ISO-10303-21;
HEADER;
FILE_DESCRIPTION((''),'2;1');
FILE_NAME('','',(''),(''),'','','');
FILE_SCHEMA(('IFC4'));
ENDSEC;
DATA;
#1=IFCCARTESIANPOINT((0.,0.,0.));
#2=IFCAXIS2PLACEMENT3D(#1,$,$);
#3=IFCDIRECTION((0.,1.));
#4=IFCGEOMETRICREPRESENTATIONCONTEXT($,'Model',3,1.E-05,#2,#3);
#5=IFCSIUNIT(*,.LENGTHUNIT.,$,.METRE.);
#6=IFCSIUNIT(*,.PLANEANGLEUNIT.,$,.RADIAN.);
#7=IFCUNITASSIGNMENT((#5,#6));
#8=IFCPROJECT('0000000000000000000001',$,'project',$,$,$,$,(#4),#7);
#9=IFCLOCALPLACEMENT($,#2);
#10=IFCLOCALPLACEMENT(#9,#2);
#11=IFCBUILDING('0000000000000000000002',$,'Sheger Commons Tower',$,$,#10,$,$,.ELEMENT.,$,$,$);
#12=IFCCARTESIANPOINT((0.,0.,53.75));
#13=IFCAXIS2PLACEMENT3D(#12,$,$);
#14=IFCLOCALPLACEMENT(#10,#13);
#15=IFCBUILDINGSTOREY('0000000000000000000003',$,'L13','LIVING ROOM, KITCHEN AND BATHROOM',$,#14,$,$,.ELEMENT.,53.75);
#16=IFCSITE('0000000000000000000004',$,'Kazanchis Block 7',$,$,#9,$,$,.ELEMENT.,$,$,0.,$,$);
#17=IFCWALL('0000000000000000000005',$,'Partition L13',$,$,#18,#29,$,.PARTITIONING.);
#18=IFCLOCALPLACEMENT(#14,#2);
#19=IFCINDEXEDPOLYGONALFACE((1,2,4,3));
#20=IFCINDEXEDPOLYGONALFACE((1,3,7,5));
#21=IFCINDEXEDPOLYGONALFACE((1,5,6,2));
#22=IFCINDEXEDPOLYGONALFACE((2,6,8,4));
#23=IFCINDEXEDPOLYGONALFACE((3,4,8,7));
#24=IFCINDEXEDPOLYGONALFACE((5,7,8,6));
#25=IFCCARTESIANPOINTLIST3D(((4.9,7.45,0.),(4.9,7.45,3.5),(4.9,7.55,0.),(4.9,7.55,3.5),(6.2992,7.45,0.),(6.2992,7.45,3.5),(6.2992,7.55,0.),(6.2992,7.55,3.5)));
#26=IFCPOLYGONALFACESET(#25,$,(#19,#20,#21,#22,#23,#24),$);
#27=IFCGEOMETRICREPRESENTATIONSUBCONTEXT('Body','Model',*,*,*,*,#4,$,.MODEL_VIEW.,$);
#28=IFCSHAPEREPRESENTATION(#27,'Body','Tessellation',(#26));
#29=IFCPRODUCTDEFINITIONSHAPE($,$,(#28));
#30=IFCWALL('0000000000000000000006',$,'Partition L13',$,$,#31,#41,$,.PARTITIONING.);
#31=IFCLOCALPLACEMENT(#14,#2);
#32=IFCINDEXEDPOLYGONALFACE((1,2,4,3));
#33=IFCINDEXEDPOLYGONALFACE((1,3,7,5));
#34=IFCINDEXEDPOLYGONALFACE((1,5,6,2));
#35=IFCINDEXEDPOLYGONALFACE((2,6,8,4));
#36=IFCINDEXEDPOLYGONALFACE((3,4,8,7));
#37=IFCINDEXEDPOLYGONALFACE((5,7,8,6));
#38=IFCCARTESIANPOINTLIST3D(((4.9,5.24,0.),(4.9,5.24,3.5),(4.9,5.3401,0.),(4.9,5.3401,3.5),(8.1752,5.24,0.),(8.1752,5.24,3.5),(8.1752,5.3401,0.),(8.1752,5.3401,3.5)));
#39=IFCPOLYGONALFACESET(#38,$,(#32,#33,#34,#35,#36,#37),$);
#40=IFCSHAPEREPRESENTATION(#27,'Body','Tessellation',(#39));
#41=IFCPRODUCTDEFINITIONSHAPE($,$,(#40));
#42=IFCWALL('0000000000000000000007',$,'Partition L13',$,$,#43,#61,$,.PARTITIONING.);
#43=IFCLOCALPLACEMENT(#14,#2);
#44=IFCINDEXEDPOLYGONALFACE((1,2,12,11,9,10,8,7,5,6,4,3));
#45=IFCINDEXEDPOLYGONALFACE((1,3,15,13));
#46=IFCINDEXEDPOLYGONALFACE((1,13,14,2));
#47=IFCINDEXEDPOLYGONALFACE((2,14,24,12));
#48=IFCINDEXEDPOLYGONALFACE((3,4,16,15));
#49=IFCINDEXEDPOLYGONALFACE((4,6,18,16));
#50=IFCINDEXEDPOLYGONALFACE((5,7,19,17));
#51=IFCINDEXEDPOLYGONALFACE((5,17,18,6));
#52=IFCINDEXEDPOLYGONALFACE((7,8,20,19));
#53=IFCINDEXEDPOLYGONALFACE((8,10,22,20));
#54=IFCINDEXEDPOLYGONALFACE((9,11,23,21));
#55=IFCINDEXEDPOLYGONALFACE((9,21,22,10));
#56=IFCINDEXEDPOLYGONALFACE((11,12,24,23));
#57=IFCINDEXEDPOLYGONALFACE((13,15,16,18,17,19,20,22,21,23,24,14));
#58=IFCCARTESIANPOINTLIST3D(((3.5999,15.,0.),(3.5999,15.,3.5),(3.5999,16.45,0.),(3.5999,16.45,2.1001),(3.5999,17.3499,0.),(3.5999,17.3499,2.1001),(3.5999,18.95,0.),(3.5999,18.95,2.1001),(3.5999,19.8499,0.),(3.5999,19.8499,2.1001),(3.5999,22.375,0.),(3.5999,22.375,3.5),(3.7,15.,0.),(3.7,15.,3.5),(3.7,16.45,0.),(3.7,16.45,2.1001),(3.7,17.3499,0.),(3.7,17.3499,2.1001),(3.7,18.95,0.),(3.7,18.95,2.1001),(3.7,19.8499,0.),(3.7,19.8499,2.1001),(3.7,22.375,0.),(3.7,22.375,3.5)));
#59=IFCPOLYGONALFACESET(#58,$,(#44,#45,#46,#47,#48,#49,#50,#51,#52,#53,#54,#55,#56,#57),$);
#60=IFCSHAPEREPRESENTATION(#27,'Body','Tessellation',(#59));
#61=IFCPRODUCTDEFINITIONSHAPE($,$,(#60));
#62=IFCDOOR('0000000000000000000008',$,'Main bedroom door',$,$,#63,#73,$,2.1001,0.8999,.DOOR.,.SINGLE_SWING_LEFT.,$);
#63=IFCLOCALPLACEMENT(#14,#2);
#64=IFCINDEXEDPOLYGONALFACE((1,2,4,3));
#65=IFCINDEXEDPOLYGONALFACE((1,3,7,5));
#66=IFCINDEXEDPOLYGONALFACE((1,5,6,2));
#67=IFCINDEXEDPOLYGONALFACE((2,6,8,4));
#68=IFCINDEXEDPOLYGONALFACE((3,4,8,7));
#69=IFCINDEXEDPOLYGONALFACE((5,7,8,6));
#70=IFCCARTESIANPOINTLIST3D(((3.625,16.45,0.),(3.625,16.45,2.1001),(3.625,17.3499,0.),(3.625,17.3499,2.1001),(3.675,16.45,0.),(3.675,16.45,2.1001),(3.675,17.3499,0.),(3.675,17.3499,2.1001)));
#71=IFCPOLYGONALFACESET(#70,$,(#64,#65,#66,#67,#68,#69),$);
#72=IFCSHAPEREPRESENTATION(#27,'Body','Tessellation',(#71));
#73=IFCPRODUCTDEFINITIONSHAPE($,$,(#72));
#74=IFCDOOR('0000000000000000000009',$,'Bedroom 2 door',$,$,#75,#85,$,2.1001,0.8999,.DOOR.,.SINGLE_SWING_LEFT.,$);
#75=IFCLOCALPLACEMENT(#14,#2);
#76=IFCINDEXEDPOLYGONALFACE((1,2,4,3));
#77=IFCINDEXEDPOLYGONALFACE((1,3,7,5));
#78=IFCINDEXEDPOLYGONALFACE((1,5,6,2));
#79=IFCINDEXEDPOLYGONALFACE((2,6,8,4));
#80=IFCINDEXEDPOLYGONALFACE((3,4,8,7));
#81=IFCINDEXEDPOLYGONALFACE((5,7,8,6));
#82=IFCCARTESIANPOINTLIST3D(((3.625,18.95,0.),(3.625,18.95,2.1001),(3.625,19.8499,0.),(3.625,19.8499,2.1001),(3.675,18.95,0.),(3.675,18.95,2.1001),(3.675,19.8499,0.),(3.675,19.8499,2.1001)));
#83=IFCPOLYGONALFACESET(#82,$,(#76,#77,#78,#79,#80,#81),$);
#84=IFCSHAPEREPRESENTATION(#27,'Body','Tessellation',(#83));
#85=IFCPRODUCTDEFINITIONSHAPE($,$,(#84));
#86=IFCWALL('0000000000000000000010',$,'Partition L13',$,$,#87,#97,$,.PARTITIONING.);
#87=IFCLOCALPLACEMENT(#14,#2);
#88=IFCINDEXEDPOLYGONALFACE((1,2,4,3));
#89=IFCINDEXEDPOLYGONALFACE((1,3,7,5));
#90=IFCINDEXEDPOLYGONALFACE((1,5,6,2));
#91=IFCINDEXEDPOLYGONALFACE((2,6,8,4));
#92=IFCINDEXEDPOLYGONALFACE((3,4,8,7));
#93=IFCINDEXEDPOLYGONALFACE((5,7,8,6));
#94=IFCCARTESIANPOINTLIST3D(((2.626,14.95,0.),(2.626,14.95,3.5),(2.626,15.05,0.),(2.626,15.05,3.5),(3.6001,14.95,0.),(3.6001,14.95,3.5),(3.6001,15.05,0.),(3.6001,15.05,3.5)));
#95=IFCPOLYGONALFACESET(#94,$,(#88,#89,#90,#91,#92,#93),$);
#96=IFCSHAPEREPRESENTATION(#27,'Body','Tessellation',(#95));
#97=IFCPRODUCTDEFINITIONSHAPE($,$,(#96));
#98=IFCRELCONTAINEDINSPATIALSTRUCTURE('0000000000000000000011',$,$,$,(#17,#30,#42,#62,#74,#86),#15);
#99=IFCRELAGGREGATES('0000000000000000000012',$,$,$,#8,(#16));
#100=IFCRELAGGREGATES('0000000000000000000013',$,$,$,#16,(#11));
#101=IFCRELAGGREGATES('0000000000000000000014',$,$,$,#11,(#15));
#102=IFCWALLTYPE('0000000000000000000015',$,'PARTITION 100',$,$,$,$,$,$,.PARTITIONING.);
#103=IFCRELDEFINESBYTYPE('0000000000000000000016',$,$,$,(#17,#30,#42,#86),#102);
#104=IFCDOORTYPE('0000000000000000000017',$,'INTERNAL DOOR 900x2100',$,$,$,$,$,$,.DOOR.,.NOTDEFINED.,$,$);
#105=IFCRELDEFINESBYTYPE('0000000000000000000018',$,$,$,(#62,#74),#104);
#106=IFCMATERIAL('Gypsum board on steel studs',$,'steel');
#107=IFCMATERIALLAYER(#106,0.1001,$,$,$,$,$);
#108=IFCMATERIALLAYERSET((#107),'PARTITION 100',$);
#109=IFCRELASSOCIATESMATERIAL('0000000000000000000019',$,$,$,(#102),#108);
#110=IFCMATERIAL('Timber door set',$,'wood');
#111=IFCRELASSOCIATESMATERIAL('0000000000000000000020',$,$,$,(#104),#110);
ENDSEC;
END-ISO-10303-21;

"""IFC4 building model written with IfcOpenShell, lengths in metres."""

from ifc_helpers import new_model, si_unit, direction, frame, frame_2d, origin, place, context, subcontext, project, spatial, rectangle, extrude, material, layer, layer_set, type_object, element, fill, save


model = new_model("IFC4")

# Units and contexts
model_context = context("Model", 3, precision=1e-05, world=origin(), true_north=direction((0.0, 1.0)))
body_context = subcontext(model_context, "Body", "Model", "MODEL_VIEW")
ifc_project = project(units=[si_unit("LENGTHUNIT", "METRE"), si_unit("PLANEANGLEUNIT", "RADIAN")], contexts=[model_context])

# Site, building, storey
site_placement = place(None, origin())
site = spatial("IfcSite", under=ifc_project, at=site_placement, Name="Kazanchis Block 7", CompositionType="ELEMENT", RefElevation=0.0)
building_placement = place(site_placement, origin())
building = spatial("IfcBuilding", under=site, at=building_placement, Name="Sheger Commons Tower", CompositionType="ELEMENT")
storey_placement = place(building_placement, frame((0.0, 0.0, 53.75)))
storey = spatial("IfcBuildingStorey", under=building, at=storey_placement, Name="L13", Description="LIVING ROOM, KITCHEN AND BATHROOM", CompositionType="ELEMENT", Elevation=53.75)

# Shared definitions
ifc_material_1 = material(Name="Gypsum board on steel studs", Category="steel")
ifc_layer_1 = layer(ifc_material_1, 0.1001)
ifc_layer_set_1 = layer_set([ifc_layer_1], Name="PARTITION 100")
wall_type_1 = type_object("IfcWallType", Name="PARTITION 100", PredefinedType="PARTITIONING", material=ifc_layer_set_1)
ifc_material_2 = material(Name="Timber door set", Category="wood")
door_type = type_object("IfcDoorType", Name="INTERNAL DOOR 900x2100", OperationType="NOTDEFINED", PredefinedType="DOOR", material=ifc_material_2)

# Walls
wall_1_placement = place(storey_placement, frame((4.8999, 7.5, 0.0), z_axis=(0.0, 0.0, 1.0), x_axis=(1.0, 0.0, 0.0)))
element("IfcWall", 1, at=wall_1_placement, inside=storey, type_object=wall_type_1, Name="Partition L13", PredefinedType="PARTITIONING", context=body_context, shape_type="SweptSolid", body=[
    extrude(rectangle(XDim=1.3992, YDim=0.1001, at=frame_2d((0.6997, 0.0))), origin(), (0.0, 0.0, 1.0), 3.5),
])
wall_2_placement = place(storey_placement, frame((4.8999, 5.29, 0.0), z_axis=(0.0, 0.0, 1.0), x_axis=(1.0, 0.0, 0.0)))
element("IfcWall", 2, at=wall_2_placement, inside=storey, type_object=wall_type_1, Name="Partition L13", PredefinedType="PARTITIONING", context=body_context, shape_type="SweptSolid", body=[
    extrude(rectangle(XDim=3.2751, YDim=0.1001, at=frame_2d((1.6377, 0.0))), origin(), (0.0, 0.0, 1.0), 3.5),
])

# Wall, openings, doors
wall_3_placement = place(storey_placement, frame((3.6499, 15.0, 0.0), z_axis=(0.0, 0.0, 1.0), x_axis=(0.0, 1.0, 0.0)))
wall_3 = element("IfcWall", 3, at=wall_3_placement, inside=storey, type_object=wall_type_1, Name="Partition L13", PredefinedType="PARTITIONING", context=body_context, shape_type="SweptSolid", body=[
    extrude(rectangle(XDim=7.375, YDim=0.1001, at=frame_2d((3.6875, 0.0))), origin(), (0.0, 0.0, 1.0), 3.5),
])
opening_1_placement = place(wall_3_placement, frame((1.45, 0.0, 0.0)))
opening_1 = element("IfcOpeningElement", 4, at=opening_1_placement, cuts=wall_3, PredefinedType="OPENING", context=body_context, shape_type="SweptSolid", body=[
    extrude(rectangle(XDim=0.8999, YDim=2.1001, at=frame_2d((0.45, 1.05))), frame((0.0, 0.0601, 0.0), z_axis=(0.0, -1.0, 0.0), x_axis=(1.0, 0.0, 0.0)), (0.0, 0.0, 1.0), 0.1201),
])
opening_2_placement = place(wall_3_placement, frame((3.95, 0.0, 0.0)))
opening_2 = element("IfcOpeningElement", 5, at=opening_2_placement, cuts=wall_3, PredefinedType="OPENING", context=body_context, shape_type="SweptSolid", body=[
    extrude(rectangle(XDim=0.8999, YDim=2.1001, at=frame_2d((0.45, 1.05))), frame((0.0, 0.0601, 0.0), z_axis=(0.0, -1.0, 0.0), x_axis=(1.0, 0.0, 0.0)), (0.0, 0.0, 1.0), 0.1201),
])
door_1_placement = place(opening_1_placement, origin())
door_1 = element("IfcDoor", 6, at=door_1_placement, inside=storey, type_object=door_type, Name="Main bedroom door", OperationType="SINGLE_SWING_LEFT", OverallHeight=2.1001, OverallWidth=0.8999, PredefinedType="DOOR", context=body_context, shape_type="SweptSolid", body=[
    extrude(rectangle(XDim=0.8999, YDim=2.1001, at=frame_2d((0.45, 1.05))), frame((0.0, 0.0249, 0.0), z_axis=(0.0, -1.0, 0.0), x_axis=(1.0, 0.0, 0.0)), (0.0, 0.0, 1.0), 0.05),
])
fill(opening_1, door_1)
door_2_placement = place(opening_2_placement, origin())
door_2 = element("IfcDoor", 7, at=door_2_placement, inside=storey, type_object=door_type, Name="Bedroom 2 door", OperationType="SINGLE_SWING_LEFT", OverallHeight=2.1001, OverallWidth=0.8999, PredefinedType="DOOR", context=body_context, shape_type="SweptSolid", body=[
    extrude(rectangle(XDim=0.8999, YDim=2.1001, at=frame_2d((0.45, 1.05))), frame((0.0, 0.0249, 0.0), z_axis=(0.0, -1.0, 0.0), x_axis=(1.0, 0.0, 0.0)), (0.0, 0.0, 1.0), 0.05),
])
fill(opening_2, door_2)

# Wall
wall_4_placement = place(storey_placement, frame((2.626, 15.0, 0.0), z_axis=(0.0, 0.0, 1.0), x_axis=(1.0, 0.0, 0.0)))
element("IfcWall", 8, at=wall_4_placement, inside=storey, type_object=wall_type_1, Name="Partition L13", PredefinedType="PARTITIONING", context=body_context, shape_type="SweptSolid", body=[
    extrude(rectangle(XDim=0.9741, YDim=0.1001, at=frame_2d((0.4871, 0.0))), origin(), (0.0, 0.0, 1.0), 3.5),
])

save(model, "model.ifc")
